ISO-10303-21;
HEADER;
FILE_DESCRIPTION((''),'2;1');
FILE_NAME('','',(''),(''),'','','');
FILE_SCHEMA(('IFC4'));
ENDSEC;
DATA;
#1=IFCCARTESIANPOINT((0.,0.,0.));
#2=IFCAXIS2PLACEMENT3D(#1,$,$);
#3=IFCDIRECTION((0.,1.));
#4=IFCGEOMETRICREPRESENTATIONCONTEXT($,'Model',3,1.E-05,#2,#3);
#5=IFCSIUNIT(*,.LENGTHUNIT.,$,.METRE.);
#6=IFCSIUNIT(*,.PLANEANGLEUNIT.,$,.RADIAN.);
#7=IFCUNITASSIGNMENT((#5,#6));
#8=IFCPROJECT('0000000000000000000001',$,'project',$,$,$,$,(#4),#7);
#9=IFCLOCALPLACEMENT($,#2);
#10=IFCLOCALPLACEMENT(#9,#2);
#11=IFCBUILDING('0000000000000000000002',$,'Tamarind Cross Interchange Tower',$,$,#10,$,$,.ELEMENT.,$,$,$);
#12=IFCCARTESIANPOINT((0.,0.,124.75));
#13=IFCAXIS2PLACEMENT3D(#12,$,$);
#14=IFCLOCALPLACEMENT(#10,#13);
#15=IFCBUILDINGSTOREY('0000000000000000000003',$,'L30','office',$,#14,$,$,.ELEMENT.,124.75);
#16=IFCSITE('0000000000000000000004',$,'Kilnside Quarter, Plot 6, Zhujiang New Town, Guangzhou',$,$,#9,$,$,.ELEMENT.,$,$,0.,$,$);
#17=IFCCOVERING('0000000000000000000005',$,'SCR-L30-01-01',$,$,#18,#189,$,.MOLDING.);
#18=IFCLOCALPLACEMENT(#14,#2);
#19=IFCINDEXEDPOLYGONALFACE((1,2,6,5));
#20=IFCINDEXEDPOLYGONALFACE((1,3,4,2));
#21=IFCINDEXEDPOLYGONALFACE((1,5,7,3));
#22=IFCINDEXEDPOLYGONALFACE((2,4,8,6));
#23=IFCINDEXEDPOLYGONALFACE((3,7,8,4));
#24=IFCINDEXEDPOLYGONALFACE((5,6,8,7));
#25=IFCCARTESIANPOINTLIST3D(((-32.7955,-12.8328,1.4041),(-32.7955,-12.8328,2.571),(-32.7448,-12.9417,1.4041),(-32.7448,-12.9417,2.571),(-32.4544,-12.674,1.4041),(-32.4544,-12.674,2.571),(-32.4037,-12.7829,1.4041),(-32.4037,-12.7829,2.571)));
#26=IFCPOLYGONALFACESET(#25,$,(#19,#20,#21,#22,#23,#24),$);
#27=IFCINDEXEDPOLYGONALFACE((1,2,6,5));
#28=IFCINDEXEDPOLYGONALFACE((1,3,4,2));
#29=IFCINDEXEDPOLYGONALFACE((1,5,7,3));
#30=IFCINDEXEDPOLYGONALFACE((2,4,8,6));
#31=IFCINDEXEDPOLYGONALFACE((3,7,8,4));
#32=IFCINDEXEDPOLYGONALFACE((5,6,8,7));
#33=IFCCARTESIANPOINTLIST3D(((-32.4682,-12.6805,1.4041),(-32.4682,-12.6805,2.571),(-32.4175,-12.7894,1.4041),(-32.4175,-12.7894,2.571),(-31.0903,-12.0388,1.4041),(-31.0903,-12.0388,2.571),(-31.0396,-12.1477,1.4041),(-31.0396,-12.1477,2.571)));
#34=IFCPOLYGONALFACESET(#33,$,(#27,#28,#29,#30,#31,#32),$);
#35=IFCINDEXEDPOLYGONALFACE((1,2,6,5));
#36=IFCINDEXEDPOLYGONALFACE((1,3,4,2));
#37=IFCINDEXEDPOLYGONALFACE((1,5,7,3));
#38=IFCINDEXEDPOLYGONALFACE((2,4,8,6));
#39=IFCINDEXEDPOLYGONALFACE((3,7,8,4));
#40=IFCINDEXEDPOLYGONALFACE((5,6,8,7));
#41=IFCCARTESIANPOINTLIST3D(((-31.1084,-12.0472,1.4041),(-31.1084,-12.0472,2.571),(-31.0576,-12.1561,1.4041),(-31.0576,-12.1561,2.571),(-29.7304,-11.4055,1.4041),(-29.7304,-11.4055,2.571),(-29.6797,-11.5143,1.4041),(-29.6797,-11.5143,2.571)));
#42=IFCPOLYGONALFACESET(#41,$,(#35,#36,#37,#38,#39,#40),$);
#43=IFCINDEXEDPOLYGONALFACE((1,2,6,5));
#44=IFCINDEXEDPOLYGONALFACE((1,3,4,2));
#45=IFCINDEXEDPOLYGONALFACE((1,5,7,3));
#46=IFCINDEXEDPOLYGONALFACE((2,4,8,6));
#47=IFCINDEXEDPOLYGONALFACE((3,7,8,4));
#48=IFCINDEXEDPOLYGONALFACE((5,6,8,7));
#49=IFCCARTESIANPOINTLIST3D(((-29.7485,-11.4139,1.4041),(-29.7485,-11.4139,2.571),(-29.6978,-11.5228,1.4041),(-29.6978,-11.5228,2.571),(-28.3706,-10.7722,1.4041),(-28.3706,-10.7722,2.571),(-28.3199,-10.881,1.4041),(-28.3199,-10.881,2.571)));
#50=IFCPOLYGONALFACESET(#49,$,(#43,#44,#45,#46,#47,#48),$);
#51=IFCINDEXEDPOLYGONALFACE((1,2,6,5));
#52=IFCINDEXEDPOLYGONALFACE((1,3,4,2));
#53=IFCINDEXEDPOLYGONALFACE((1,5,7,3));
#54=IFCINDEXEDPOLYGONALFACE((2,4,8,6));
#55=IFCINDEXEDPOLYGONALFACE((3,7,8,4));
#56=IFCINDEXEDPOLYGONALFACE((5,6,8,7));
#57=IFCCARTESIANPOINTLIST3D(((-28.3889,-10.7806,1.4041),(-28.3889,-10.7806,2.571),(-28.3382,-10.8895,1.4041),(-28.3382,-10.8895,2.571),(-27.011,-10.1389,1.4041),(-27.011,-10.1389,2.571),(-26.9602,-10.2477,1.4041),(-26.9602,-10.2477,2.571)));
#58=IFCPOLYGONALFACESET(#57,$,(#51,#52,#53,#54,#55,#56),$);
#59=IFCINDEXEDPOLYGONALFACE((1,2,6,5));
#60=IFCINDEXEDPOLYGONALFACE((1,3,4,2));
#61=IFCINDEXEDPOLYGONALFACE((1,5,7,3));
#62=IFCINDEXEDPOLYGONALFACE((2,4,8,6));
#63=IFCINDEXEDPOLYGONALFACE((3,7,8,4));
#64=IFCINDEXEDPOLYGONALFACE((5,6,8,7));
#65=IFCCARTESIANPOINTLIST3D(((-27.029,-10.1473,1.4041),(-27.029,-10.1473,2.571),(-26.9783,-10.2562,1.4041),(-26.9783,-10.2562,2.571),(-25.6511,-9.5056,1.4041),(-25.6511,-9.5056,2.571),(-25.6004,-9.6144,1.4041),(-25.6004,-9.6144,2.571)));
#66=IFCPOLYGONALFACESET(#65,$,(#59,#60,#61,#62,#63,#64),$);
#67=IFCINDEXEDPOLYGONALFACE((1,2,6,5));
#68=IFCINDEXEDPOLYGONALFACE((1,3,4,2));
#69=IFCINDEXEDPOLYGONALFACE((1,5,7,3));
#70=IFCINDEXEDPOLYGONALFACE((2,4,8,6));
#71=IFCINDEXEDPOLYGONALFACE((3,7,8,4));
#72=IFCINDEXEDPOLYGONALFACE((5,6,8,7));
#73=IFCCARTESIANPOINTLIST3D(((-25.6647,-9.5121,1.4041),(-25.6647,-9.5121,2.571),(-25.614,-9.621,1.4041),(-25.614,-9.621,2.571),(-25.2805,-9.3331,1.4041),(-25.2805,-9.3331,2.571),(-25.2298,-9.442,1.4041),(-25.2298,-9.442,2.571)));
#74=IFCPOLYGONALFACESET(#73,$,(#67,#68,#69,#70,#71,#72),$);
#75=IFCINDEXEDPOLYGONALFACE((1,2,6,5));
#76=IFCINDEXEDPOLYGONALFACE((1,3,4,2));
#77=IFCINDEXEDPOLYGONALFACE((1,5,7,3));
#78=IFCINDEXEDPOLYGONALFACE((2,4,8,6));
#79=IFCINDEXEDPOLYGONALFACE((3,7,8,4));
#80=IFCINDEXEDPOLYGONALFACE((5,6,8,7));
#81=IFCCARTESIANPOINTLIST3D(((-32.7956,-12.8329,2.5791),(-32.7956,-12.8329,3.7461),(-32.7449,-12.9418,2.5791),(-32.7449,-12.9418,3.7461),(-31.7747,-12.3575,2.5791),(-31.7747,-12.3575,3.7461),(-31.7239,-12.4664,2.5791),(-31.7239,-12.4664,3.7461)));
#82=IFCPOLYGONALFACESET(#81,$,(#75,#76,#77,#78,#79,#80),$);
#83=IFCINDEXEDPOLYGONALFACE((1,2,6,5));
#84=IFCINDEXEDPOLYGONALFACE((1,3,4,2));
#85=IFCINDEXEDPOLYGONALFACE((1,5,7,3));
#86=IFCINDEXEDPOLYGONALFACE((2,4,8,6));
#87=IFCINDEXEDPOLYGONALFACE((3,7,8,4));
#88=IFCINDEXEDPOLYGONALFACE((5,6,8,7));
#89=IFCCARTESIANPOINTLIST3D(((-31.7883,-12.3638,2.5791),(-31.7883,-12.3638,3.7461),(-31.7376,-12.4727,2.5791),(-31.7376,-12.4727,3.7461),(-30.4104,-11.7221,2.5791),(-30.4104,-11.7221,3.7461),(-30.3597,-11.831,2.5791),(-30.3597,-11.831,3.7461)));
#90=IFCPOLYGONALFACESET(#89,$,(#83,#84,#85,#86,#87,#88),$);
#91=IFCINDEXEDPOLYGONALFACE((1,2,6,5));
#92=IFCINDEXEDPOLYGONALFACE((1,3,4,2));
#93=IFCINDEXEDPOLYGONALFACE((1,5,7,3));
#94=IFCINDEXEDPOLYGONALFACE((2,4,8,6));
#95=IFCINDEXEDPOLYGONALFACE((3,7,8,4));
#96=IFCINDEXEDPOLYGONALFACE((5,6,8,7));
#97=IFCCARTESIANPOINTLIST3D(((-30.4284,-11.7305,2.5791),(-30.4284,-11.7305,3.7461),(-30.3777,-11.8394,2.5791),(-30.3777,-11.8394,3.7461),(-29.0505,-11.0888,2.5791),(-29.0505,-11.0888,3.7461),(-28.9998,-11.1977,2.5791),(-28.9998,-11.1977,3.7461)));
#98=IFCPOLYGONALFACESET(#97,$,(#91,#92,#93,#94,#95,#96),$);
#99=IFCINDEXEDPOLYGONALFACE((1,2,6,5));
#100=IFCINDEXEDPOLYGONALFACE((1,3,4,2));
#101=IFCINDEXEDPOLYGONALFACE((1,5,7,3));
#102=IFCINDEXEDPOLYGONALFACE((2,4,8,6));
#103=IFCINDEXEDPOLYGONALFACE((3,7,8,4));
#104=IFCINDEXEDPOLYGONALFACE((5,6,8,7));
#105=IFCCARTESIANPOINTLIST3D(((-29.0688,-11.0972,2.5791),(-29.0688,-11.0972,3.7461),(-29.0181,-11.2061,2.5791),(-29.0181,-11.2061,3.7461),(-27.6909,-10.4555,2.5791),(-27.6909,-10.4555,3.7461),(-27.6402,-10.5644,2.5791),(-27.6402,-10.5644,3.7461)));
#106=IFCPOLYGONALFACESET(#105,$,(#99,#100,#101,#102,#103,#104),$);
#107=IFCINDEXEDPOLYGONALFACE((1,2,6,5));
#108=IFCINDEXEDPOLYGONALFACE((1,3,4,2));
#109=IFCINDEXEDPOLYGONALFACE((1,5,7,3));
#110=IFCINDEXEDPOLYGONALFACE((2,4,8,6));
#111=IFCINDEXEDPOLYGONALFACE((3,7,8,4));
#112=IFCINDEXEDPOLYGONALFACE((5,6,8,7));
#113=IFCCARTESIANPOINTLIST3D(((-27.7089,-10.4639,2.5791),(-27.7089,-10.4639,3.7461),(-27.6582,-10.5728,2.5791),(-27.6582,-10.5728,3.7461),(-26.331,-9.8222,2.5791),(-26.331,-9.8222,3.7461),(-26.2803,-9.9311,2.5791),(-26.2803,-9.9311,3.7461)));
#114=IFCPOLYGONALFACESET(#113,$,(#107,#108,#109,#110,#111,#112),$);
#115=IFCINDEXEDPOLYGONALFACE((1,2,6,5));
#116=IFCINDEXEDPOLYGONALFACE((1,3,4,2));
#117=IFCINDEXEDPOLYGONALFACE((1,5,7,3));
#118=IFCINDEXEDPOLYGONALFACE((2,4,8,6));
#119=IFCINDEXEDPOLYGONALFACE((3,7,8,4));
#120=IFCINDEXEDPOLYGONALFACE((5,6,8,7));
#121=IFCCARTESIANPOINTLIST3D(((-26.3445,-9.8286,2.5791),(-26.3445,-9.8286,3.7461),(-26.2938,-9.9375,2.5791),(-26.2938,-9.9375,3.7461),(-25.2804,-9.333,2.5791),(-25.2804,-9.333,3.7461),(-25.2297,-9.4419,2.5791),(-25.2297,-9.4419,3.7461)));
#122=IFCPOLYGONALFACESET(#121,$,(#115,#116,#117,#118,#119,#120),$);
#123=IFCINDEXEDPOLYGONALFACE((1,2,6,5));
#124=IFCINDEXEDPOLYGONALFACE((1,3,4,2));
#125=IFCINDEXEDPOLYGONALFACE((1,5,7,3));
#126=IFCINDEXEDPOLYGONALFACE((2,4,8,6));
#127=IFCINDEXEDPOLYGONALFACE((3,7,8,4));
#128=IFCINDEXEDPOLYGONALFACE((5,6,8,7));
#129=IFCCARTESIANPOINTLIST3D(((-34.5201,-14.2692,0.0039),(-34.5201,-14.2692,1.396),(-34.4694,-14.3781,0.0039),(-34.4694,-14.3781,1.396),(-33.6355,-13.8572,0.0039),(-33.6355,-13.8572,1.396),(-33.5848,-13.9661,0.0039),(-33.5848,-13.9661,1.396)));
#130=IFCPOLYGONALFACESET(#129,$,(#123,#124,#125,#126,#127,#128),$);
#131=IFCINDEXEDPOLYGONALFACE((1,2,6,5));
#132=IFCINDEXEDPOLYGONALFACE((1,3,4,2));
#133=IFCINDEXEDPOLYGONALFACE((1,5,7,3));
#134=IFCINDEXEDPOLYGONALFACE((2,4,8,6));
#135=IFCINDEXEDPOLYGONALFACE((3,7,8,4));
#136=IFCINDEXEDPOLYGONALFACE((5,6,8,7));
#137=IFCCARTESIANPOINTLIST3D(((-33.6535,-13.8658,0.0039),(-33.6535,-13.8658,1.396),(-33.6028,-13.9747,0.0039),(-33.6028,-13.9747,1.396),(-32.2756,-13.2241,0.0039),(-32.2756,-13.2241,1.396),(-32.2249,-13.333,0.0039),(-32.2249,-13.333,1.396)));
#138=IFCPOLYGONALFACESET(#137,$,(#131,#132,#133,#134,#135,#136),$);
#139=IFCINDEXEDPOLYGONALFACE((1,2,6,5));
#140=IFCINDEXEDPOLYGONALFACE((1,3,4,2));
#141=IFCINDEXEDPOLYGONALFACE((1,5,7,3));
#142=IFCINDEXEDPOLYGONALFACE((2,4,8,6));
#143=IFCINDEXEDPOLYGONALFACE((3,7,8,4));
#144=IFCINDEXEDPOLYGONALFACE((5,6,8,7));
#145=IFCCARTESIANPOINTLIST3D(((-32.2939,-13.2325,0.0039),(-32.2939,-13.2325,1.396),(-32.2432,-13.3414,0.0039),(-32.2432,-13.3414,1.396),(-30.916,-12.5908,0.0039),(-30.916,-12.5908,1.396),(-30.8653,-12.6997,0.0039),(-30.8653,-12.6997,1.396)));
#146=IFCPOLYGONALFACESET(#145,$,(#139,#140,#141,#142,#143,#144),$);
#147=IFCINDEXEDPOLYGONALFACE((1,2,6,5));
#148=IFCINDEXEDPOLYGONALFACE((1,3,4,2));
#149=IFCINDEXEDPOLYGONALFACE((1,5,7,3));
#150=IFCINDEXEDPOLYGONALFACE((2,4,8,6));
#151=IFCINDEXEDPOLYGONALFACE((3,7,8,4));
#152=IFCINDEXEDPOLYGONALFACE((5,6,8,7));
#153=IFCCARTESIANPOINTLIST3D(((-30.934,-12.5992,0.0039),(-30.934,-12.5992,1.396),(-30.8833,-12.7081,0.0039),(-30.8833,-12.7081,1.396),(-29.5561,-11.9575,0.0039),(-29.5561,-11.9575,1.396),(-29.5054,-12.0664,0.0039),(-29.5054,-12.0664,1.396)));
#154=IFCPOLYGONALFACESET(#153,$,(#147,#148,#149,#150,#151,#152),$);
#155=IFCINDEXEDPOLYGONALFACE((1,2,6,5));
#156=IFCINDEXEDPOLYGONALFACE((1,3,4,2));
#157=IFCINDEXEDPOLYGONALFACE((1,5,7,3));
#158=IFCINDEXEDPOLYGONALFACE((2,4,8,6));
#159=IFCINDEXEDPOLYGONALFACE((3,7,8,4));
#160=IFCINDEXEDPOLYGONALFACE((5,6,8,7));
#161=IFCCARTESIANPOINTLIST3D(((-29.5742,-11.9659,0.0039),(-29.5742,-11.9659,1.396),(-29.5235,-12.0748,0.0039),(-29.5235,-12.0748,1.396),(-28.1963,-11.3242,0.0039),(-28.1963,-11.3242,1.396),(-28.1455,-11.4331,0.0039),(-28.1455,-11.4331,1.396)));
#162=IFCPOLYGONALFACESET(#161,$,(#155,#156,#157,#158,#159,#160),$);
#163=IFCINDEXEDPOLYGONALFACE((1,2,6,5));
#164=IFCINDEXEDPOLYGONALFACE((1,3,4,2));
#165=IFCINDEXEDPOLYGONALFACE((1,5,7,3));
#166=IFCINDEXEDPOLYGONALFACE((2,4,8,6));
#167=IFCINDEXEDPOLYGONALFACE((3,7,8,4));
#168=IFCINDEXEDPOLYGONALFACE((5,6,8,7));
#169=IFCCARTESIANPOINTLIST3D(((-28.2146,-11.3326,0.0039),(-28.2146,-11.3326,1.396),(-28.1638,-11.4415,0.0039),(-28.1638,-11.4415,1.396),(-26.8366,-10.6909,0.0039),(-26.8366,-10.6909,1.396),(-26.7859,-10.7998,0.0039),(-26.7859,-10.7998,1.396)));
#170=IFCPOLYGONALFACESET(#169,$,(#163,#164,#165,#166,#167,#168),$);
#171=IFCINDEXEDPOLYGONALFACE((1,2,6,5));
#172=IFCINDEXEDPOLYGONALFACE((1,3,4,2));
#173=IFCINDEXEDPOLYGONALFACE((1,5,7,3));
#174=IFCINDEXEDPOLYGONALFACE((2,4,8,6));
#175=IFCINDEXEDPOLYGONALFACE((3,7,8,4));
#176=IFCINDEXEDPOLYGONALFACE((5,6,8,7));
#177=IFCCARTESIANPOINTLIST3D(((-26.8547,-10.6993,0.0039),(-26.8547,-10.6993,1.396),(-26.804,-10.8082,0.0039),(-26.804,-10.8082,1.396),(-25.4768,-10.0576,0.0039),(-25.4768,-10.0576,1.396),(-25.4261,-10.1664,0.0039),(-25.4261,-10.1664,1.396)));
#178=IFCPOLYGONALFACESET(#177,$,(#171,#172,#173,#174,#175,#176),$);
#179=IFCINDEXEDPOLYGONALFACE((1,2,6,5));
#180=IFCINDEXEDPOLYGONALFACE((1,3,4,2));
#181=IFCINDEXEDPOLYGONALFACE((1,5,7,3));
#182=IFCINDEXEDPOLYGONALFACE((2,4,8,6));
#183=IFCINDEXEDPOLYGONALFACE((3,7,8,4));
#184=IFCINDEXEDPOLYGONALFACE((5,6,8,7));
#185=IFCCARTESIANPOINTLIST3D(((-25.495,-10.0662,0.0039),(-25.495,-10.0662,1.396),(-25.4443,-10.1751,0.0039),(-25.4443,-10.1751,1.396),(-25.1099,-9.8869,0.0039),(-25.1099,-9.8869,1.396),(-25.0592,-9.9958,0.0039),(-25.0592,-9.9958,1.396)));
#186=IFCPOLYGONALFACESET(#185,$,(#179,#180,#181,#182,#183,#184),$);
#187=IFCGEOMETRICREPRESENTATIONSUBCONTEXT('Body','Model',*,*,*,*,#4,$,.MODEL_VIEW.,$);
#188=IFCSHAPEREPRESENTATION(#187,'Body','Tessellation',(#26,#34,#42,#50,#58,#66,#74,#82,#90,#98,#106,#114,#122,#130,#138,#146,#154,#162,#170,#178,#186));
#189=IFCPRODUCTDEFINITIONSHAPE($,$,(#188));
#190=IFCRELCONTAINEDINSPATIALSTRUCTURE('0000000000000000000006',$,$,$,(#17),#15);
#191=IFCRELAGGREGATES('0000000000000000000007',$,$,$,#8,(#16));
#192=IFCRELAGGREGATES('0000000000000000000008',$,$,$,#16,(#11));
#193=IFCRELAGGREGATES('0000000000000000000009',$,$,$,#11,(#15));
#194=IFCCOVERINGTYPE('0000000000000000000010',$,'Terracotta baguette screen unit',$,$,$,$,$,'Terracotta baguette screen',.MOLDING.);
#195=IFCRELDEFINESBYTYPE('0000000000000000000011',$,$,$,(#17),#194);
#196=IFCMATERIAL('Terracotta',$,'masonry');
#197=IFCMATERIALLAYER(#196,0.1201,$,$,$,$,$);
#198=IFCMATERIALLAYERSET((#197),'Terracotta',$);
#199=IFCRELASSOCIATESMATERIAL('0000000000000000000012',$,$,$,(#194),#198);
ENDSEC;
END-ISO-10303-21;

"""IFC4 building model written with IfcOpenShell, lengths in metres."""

from ifc_helpers import new_model, si_unit, direction, frame, origin, origin_2d, place, context, subcontext, project, spatial, rectangle, extrude, material, layer, layer_set, type_object, element, save


model = new_model("IFC4")

# Units and contexts
model_context = context("Model", 3, precision=1e-05, world=origin(), true_north=direction((0.0, 1.0)))
body_context = subcontext(model_context, "Body", "Model", "MODEL_VIEW")
ifc_project = project(units=[si_unit("LENGTHUNIT", "METRE"), si_unit("PLANEANGLEUNIT", "RADIAN")], contexts=[model_context])

# Site, building, storey
site_placement = place(None, origin())
site = spatial("IfcSite", under=ifc_project, at=site_placement, Name="Kilnside Quarter, Plot 6, Zhujiang New Town, Guangzhou", CompositionType="ELEMENT", RefElevation=0.0)
building_placement = place(site_placement, origin())
building = spatial("IfcBuilding", under=site, at=building_placement, Name="Tamarind Cross Interchange Tower", CompositionType="ELEMENT")
storey_placement = place(building_placement, frame((0.0, 0.0, 124.75)))
storey = spatial("IfcBuildingStorey", under=building, at=storey_placement, Name="L30", Description="office", CompositionType="ELEMENT", Elevation=124.75)

# Covering
ifc_material_1 = material(Name="Terracotta", Category="masonry")
ifc_layer_1 = layer(ifc_material_1, 0.1201)
ifc_layer_set_1 = layer_set([ifc_layer_1], Name="Terracotta")
covering_type = type_object("IfcCoveringType", Name="Terracotta baguette screen unit", ElementType="Terracotta baguette screen", PredefinedType="MOLDING", material=ifc_layer_set_1)
covering_1_placement = place(storey_placement, origin())
element("IfcCovering", 1, at=covering_1_placement, inside=storey, type_object=covering_type, Name="SCR-L30-01-01", PredefinedType="MOLDING", context=body_context, shape_type="SweptSolid", body=[
    extrude(rectangle(XDim=0.3762, YDim=0.1201, at=origin_2d()), frame((-32.5996, -12.8079, 1.4041), z_axis=(0.0, 0.0, 1.0), x_axis=(0.906515, 0.422174, 0.0)), (0.0, 0.0, 1.0), 1.167),
    extrude(rectangle(XDim=1.52, YDim=0.1201, at=origin_2d()), frame((-31.7539, -12.4141, 1.4041), z_axis=(0.0, 0.0, 1.0), x_axis=(0.906515, 0.422174, 0.0)), (0.0, 0.0, 1.0), 1.167),
    extrude(rectangle(XDim=1.52, YDim=0.1201, at=origin_2d()), frame((-30.394, -11.7808, 1.4041), z_axis=(0.0, 0.0, 1.0), x_axis=(0.906515, 0.422174, 0.0)), (0.0, 0.0, 1.0), 1.167),
    extrude(rectangle(XDim=1.52, YDim=0.1201, at=origin_2d()), frame((-29.0342, -11.1475, 1.4041), z_axis=(0.0, 0.0, 1.0), x_axis=(0.906515, 0.422174, 0.0)), (0.0, 0.0, 1.0), 1.167),
    extrude(rectangle(XDim=1.52, YDim=0.1201, at=origin_2d()), frame((-27.6746, -10.5142, 1.4041), z_axis=(0.0, 0.0, 1.0), x_axis=(0.906515, 0.422174, 0.0)), (0.0, 0.0, 1.0), 1.167),
    extrude(rectangle(XDim=1.52, YDim=0.1201, at=origin_2d()), frame((-26.3147, -9.8809, 1.4041), z_axis=(0.0, 0.0, 1.0), x_axis=(0.906515, 0.422174, 0.0)), (0.0, 0.0, 1.0), 1.167),
    extrude(rectangle(XDim=0.4238, YDim=0.1201, at=origin_2d()), frame((-25.4473, -9.4771, 1.4041), z_axis=(0.0, 0.0, 1.0), x_axis=(0.906515, 0.422174, 0.0)), (0.0, 0.0, 1.0), 1.167),
    extrude(rectangle(XDim=1.1262, YDim=0.1201, at=origin_2d()), frame((-32.2598, -12.6497, 2.5791), z_axis=(0.0, 0.0, 1.0), x_axis=(0.906515, 0.422174, 0.0)), (0.0, 0.0, 1.0), 1.167),
    extrude(rectangle(XDim=1.52, YDim=0.1201, at=origin_2d()), frame((-31.074, -12.0974, 2.5791), z_axis=(0.0, 0.0, 1.0), x_axis=(0.906515, 0.422174, 0.0)), (0.0, 0.0, 1.0), 1.167),
    extrude(rectangle(XDim=1.52, YDim=0.1201, at=origin_2d()), frame((-29.7141, -11.4641, 2.5791), z_axis=(0.0, 0.0, 1.0), x_axis=(0.906515, 0.422174, 0.0)), (0.0, 0.0, 1.0), 1.167),
    extrude(rectangle(XDim=1.52, YDim=0.1201, at=origin_2d()), frame((-28.3545, -10.8308, 2.5791), z_axis=(0.0, 0.0, 1.0), x_axis=(0.906515, 0.422174, 0.0)), (0.0, 0.0, 1.0), 1.167),
    extrude(rectangle(XDim=1.52, YDim=0.1201, at=origin_2d()), frame((-26.9946, -10.1975, 2.5791), z_axis=(0.0, 0.0, 1.0), x_axis=(0.906515, 0.422174, 0.0)), (0.0, 0.0, 1.0), 1.167),
    extrude(rectangle(XDim=1.1738, YDim=0.1201, at=origin_2d()), frame((-25.7871, -9.6353, 2.5791), z_axis=(0.0, 0.0, 1.0), x_axis=(0.906515, 0.422174, 0.0)), (0.0, 0.0, 1.0), 1.167),
    extrude(rectangle(XDim=0.9758, YDim=0.1201, at=origin_2d()), frame((-34.0525, -14.1177, 0.0039), z_axis=(0.0, 0.0, 1.0), x_axis=(0.906515, 0.422174, 0.0)), (0.0, 0.0, 1.0), 1.3921),
    extrude(rectangle(XDim=1.52, YDim=0.1201, at=origin_2d()), frame((-32.9392, -13.5994, 0.0039), z_axis=(0.0, 0.0, 1.0), x_axis=(0.906515, 0.422174, 0.0)), (0.0, 0.0, 1.0), 1.3921),
    extrude(rectangle(XDim=1.52, YDim=0.1201, at=origin_2d()), frame((-31.5796, -12.9661, 0.0039), z_axis=(0.0, 0.0, 1.0), x_axis=(0.906515, 0.422174, 0.0)), (0.0, 0.0, 1.0), 1.3921),
    extrude(rectangle(XDim=1.52, YDim=0.1201, at=origin_2d()), frame((-30.2197, -12.3328, 0.0039), z_axis=(0.0, 0.0, 1.0), x_axis=(0.906515, 0.422174, 0.0)), (0.0, 0.0, 1.0), 1.3921),
    extrude(rectangle(XDim=1.52, YDim=0.1201, at=origin_2d()), frame((-28.8599, -11.6995, 0.0039), z_axis=(0.0, 0.0, 1.0), x_axis=(0.906515, 0.422174, 0.0)), (0.0, 0.0, 1.0), 1.3921),
    extrude(rectangle(XDim=1.52, YDim=0.1201, at=origin_2d()), frame((-27.5002, -11.0662, 0.0039), z_axis=(0.0, 0.0, 1.0), x_axis=(0.906515, 0.422174, 0.0)), (0.0, 0.0, 1.0), 1.3921),
    extrude(rectangle(XDim=1.52, YDim=0.1201, at=origin_2d()), frame((-26.1404, -10.4329, 0.0039), z_axis=(0.0, 0.0, 1.0), x_axis=(0.906515, 0.422174, 0.0)), (0.0, 0.0, 1.0), 1.3921),
    extrude(rectangle(XDim=0.4248, YDim=0.1201, at=origin_2d()), frame((-25.2771, -10.031, 0.0039), z_axis=(0.0, 0.0, 1.0), x_axis=(0.906515, 0.422174, 0.0)), (0.0, 0.0, 1.0), 1.3921),
])

save(model, "model.ifc")
